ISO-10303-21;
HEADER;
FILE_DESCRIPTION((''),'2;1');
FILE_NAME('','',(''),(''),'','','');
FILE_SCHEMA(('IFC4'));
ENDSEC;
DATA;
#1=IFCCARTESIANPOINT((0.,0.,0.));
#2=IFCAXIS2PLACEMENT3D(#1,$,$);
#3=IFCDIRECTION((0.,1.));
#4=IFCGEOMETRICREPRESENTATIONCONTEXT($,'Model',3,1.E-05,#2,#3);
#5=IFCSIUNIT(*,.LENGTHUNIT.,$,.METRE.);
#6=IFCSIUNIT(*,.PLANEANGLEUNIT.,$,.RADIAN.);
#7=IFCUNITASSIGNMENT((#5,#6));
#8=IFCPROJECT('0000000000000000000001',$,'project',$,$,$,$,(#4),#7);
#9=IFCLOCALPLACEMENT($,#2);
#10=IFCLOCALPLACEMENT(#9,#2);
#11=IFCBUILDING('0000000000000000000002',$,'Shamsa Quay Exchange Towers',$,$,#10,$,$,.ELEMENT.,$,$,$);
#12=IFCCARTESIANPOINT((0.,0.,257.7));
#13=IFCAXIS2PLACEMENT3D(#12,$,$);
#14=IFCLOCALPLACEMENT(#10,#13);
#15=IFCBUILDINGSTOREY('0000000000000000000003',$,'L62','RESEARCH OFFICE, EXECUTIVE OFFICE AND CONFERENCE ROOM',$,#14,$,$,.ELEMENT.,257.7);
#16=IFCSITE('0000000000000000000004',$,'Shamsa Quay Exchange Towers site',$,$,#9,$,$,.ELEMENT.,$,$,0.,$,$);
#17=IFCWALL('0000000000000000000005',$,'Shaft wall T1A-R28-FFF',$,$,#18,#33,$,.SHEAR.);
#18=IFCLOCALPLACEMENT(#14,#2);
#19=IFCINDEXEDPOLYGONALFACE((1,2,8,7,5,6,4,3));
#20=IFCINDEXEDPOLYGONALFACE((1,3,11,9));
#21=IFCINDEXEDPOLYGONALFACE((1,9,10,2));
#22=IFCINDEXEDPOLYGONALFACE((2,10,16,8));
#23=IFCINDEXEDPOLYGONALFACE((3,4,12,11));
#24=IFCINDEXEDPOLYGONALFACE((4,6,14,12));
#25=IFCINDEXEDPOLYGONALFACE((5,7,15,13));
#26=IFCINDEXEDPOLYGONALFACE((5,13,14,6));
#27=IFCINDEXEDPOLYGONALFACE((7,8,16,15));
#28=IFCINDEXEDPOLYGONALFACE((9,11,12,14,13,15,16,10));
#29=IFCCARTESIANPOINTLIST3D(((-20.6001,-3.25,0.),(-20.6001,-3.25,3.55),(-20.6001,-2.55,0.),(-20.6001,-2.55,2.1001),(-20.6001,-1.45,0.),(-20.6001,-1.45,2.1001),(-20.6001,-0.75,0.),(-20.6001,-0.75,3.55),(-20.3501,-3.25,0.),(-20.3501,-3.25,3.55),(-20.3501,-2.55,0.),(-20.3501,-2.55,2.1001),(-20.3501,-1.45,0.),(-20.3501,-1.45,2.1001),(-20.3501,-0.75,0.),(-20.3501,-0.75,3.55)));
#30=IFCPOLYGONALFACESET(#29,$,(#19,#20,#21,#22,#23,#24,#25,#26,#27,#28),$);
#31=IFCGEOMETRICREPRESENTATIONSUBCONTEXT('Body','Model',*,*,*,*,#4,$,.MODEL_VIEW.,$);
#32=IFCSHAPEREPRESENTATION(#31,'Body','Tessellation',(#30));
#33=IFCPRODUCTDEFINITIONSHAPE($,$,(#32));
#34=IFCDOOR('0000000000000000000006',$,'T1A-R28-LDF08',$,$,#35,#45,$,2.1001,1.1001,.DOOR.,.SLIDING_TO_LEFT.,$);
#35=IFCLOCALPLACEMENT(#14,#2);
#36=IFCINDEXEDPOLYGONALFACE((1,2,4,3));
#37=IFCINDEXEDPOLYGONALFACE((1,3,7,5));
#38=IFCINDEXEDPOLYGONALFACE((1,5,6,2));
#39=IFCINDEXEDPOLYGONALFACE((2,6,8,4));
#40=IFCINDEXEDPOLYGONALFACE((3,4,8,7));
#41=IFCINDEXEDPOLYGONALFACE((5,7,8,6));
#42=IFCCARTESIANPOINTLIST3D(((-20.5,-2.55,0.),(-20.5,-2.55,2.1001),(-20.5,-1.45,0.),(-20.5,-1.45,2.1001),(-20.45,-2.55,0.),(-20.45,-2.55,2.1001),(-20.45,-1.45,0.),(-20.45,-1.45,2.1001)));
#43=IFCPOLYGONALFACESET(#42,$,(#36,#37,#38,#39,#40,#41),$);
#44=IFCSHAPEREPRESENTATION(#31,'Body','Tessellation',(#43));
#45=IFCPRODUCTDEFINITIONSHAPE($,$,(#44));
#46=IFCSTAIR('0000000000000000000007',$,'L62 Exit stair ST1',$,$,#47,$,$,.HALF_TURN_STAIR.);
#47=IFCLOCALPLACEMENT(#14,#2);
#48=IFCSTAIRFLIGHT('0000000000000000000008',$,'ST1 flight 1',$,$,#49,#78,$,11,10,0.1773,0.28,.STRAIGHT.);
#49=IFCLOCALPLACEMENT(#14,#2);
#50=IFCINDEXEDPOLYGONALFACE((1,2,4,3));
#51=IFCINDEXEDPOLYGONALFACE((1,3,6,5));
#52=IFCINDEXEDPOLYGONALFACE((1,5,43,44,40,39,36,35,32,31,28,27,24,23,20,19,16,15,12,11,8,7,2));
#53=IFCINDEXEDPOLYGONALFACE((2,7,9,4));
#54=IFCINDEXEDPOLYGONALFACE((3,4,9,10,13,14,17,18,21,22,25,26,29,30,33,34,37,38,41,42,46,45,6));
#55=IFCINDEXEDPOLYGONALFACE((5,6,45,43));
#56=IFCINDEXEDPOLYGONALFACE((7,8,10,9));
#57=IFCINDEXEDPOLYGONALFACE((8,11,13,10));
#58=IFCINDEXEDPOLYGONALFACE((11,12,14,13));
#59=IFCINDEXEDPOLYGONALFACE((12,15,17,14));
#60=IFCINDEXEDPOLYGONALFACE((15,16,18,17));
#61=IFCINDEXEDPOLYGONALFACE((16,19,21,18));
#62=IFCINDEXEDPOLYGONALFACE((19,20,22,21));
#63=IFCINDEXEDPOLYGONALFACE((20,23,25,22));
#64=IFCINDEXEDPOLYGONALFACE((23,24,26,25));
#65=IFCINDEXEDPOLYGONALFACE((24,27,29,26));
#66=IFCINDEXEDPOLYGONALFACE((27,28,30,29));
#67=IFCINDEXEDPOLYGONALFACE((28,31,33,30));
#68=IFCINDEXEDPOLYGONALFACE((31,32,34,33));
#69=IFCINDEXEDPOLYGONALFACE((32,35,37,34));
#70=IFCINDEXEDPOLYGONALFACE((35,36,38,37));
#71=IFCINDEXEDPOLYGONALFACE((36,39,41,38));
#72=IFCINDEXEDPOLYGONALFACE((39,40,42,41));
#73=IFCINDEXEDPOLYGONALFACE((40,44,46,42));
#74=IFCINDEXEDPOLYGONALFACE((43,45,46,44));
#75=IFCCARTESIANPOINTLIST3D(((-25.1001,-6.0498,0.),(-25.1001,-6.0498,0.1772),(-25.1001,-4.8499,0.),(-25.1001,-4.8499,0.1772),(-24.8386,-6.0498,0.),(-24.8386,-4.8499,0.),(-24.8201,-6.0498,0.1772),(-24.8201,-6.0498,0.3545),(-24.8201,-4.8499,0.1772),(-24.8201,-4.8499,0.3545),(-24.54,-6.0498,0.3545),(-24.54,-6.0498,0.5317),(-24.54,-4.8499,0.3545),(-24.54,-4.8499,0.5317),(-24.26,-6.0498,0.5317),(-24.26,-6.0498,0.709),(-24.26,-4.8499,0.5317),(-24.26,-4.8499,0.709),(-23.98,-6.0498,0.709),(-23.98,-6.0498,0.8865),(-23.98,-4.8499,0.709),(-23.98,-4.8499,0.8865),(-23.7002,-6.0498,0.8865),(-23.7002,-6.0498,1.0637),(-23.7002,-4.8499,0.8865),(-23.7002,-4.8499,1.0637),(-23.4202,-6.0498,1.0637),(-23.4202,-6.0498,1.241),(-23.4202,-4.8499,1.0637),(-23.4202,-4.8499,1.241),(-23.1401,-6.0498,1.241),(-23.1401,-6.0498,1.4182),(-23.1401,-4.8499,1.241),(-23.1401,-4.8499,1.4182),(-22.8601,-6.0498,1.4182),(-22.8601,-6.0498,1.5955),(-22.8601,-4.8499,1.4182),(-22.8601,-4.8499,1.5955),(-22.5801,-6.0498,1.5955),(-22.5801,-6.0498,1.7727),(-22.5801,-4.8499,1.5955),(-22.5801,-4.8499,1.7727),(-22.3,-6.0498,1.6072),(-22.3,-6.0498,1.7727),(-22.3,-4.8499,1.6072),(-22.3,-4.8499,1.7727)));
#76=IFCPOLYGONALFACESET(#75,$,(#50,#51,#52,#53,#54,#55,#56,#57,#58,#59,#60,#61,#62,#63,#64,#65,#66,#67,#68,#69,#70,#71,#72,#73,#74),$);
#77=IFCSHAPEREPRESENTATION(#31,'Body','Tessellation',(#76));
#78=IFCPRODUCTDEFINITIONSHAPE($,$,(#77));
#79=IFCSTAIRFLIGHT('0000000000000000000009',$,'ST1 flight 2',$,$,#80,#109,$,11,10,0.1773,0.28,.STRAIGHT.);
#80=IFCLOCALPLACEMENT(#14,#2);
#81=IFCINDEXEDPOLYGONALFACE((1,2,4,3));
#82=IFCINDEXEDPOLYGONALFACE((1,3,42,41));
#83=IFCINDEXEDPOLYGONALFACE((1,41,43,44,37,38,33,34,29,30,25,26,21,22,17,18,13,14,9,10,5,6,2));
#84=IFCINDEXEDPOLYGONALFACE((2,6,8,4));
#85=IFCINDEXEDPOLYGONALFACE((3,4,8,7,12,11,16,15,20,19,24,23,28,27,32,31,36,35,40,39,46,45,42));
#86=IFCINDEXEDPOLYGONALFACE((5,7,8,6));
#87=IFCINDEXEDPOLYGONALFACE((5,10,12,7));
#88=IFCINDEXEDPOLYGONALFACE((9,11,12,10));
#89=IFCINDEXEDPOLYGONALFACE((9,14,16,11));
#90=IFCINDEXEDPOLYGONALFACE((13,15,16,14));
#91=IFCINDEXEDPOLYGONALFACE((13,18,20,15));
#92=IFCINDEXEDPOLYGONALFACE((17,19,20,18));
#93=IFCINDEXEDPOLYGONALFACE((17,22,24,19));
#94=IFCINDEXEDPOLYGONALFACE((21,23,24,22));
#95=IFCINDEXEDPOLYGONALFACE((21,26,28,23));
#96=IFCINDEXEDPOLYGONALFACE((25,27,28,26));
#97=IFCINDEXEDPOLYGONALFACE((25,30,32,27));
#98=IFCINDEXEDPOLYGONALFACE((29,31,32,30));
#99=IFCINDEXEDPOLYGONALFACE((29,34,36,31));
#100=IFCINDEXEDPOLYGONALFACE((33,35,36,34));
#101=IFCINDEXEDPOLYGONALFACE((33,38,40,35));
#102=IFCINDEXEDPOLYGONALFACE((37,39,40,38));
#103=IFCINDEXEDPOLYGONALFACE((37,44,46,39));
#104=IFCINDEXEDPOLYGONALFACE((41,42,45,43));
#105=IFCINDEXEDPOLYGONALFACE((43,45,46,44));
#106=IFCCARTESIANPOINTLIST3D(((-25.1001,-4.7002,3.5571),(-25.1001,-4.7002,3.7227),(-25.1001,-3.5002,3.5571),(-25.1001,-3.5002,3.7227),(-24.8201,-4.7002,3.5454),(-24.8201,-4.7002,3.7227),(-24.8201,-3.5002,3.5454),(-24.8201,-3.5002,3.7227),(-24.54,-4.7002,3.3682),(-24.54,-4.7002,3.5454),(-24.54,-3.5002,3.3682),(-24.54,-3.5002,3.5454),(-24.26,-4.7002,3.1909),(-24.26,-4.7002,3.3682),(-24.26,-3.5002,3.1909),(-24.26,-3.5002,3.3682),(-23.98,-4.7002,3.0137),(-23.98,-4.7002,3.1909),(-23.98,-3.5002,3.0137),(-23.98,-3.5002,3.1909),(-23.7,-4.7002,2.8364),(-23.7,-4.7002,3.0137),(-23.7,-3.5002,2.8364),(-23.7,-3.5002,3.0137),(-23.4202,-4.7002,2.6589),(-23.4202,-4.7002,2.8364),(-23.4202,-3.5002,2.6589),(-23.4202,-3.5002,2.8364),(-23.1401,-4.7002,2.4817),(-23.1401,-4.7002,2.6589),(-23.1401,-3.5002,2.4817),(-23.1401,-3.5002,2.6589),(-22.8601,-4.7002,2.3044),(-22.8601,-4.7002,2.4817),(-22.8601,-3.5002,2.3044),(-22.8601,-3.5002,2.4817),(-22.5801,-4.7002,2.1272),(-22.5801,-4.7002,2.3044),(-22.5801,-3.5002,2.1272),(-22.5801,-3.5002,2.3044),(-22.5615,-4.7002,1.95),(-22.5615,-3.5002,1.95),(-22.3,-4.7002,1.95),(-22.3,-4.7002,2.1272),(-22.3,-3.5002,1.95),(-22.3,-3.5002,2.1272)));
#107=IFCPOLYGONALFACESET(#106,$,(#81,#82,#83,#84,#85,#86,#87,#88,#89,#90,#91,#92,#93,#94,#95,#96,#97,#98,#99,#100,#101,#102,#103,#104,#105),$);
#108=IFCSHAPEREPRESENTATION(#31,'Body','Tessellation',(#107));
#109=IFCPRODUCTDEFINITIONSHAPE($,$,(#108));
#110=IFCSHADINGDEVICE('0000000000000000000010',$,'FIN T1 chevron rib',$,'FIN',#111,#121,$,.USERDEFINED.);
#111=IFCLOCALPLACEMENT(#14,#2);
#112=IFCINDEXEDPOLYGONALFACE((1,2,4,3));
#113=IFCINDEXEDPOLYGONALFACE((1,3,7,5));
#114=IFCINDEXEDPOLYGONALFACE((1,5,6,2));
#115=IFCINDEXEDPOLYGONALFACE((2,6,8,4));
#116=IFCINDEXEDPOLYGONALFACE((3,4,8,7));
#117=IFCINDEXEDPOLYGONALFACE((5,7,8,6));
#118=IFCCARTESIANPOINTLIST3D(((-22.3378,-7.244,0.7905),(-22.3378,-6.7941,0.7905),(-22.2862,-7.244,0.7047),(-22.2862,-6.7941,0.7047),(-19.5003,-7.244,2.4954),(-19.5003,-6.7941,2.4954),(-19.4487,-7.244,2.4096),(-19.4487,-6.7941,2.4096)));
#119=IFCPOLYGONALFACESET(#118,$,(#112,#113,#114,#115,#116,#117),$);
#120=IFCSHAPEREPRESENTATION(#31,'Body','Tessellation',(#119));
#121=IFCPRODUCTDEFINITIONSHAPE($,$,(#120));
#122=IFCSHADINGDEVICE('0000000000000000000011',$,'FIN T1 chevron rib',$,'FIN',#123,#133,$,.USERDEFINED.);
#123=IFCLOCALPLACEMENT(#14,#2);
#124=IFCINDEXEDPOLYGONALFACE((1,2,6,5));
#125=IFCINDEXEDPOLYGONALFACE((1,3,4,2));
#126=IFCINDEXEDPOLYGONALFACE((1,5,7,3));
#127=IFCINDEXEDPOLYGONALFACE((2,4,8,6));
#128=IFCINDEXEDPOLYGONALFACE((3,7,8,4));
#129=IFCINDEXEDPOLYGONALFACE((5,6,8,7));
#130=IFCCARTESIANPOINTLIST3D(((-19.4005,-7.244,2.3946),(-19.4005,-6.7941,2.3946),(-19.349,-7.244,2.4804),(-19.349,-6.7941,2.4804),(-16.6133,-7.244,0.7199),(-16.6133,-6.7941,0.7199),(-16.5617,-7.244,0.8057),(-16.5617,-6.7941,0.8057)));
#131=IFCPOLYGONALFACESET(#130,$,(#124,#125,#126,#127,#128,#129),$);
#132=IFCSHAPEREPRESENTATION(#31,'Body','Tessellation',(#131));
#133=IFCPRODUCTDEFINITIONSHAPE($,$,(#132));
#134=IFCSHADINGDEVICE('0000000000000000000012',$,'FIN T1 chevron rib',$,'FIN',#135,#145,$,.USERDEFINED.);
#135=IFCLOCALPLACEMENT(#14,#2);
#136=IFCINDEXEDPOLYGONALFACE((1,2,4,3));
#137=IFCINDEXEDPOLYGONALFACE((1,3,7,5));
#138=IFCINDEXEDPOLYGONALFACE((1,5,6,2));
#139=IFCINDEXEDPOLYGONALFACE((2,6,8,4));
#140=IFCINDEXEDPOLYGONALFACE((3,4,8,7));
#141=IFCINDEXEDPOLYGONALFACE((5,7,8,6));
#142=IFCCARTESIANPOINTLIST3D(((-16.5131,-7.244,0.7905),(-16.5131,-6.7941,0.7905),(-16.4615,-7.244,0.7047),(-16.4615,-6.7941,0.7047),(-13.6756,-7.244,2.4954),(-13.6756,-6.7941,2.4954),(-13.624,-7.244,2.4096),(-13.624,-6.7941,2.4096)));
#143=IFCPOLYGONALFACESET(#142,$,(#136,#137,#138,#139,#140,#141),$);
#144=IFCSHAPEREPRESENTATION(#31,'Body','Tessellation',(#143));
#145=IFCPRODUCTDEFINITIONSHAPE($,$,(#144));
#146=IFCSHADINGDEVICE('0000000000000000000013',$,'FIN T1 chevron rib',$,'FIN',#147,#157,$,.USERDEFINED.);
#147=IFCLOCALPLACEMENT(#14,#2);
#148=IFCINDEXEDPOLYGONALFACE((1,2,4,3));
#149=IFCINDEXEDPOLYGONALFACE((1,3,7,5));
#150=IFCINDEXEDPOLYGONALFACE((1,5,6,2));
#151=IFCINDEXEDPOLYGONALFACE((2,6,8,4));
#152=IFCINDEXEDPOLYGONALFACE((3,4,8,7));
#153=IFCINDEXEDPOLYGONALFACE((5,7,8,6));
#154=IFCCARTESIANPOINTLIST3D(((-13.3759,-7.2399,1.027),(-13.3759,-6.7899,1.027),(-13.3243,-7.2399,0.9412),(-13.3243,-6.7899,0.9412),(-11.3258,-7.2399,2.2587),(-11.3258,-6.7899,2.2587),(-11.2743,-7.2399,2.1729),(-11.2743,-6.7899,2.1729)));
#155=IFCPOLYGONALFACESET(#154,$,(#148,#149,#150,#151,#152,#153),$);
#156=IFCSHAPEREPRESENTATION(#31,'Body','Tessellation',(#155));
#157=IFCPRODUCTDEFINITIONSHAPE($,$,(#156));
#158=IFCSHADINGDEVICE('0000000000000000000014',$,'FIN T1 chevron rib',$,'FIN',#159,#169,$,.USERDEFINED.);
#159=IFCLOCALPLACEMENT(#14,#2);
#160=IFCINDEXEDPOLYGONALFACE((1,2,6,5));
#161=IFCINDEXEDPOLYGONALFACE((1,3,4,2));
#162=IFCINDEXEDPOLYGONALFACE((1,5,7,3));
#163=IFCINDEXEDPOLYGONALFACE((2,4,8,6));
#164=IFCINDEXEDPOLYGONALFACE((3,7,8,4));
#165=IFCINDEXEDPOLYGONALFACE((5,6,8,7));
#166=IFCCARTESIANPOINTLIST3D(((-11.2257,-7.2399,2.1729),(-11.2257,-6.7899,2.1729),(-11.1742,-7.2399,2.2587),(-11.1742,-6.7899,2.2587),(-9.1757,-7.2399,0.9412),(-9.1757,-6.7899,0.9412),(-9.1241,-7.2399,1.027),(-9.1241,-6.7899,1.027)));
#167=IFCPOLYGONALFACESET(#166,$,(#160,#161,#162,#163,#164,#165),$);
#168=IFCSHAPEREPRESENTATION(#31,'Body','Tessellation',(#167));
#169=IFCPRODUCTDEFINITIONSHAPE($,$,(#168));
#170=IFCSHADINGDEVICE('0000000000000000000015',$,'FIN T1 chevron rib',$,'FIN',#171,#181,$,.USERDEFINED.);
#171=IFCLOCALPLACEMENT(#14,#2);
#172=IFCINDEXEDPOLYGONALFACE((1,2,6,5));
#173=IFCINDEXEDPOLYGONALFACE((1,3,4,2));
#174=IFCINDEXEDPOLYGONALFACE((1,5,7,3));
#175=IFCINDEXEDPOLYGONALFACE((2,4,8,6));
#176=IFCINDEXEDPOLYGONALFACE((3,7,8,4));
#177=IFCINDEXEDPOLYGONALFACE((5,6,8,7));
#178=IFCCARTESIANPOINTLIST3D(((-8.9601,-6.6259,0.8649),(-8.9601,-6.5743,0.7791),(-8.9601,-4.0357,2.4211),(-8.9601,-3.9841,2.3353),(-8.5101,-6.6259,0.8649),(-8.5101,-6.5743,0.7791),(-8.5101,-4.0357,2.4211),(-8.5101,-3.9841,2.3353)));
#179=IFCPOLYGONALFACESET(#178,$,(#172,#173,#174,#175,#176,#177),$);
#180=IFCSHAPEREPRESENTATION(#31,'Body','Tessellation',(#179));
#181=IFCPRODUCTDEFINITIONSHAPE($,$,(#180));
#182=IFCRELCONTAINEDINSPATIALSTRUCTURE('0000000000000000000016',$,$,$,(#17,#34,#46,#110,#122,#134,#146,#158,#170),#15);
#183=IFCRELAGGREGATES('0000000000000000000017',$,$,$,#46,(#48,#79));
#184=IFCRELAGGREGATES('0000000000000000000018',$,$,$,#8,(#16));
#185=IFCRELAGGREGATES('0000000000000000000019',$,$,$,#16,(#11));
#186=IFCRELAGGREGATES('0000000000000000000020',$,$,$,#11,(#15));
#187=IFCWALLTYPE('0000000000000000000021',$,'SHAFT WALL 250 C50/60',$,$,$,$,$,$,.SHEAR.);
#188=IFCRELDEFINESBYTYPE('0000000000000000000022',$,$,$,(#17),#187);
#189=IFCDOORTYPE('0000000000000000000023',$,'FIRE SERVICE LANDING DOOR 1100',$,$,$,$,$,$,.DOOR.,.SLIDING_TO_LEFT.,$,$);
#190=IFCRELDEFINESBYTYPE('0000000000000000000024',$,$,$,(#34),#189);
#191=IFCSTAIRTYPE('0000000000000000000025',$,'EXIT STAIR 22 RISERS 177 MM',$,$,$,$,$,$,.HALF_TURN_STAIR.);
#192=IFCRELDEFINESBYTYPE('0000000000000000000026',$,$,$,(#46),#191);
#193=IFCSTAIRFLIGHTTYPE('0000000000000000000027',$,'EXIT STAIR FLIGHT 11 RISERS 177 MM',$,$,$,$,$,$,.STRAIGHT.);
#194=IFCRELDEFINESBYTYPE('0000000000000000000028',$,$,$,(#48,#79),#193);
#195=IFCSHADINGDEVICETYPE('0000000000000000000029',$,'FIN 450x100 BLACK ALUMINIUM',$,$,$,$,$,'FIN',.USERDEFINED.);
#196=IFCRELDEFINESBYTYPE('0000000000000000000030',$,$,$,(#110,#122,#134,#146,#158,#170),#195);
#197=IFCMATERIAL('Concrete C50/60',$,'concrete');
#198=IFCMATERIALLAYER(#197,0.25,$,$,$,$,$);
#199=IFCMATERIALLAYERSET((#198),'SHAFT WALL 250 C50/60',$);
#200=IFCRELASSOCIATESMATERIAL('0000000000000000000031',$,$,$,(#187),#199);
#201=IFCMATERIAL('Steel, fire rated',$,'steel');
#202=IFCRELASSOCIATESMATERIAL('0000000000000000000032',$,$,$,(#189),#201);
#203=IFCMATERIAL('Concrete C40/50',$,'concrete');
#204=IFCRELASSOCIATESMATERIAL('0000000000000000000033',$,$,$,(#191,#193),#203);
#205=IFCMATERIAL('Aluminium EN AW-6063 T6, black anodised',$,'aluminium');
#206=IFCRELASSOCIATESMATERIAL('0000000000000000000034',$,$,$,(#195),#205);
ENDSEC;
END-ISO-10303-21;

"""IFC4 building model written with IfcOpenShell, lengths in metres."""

from ifc_helpers import new_model, si_unit, direction, frame, frame_2d, origin, origin_2d, place, context, subcontext, project, spatial, polyline, rectangle, outline, extrude, material, layer, layer_set, material_profile, profile_set, type_object, element, fill, aggregate, save


model = new_model("IFC4")

# Units and contexts
model_context = context("Model", 3, precision=1e-05, world=origin(), true_north=direction((0.0, 1.0)))
body_context = subcontext(model_context, "Body", "Model", "MODEL_VIEW")
ifc_project = project(units=[si_unit("LENGTHUNIT", "METRE"), si_unit("PLANEANGLEUNIT", "RADIAN")], contexts=[model_context])

# Site, building, storey
site_placement = place(None, origin())
site = spatial("IfcSite", under=ifc_project, at=site_placement, Name="Shamsa Quay Exchange Towers site", CompositionType="ELEMENT", RefElevation=0.0)
building_placement = place(site_placement, origin())
building = spatial("IfcBuilding", under=site, at=building_placement, Name="Shamsa Quay Exchange Towers", CompositionType="ELEMENT")
storey_placement = place(building_placement, frame((0.0, 0.0, 257.7)))
storey = spatial("IfcBuildingStorey", under=building, at=storey_placement, Name="L62", Description="RESEARCH OFFICE, EXECUTIVE OFFICE AND CONFERENCE ROOM", CompositionType="ELEMENT", Elevation=257.7)

# Shared definitions
ifc_material_1 = material(Name="Aluminium EN AW-6063 T6, black anodised", Category="aluminium")

# Shared definitions
ifc_material_2 = material(Name="Concrete C50/60", Category="concrete")
ifc_layer_1 = layer(ifc_material_2, 0.25)
ifc_layer_set_1 = layer_set([ifc_layer_1], Name="SHAFT WALL 250 C50/60")
wall_type = type_object("IfcWallType", Name="SHAFT WALL 250 C50/60", PredefinedType="SHEAR", material=ifc_layer_set_1)
ifc_material_3 = material(Name="Steel, fire rated", Category="steel")

# Wall, opening, door
wall_1_placement = place(storey_placement, frame((-20.4751, -3.25, 0.0), z_axis=(0.0, 0.0, 1.0), x_axis=(0.0, 1.0, 0.0)))
wall_1 = element("IfcWall", 1, at=wall_1_placement, inside=storey, type_object=wall_type, Name="Shaft wall T1A-R28-FFF", PredefinedType="SHEAR", context=body_context, shape_type="SweptSolid", body=[
    extrude(rectangle(XDim=2.5, YDim=0.25, at=frame_2d((1.25, 0.0))), origin(), (0.0, 0.0, 1.0), 3.55),
])
opening_1_placement = place(wall_1_placement, frame((0.7, 0.0, 0.0)))
opening_1 = element("IfcOpeningElement", 2, at=opening_1_placement, cuts=wall_1, PredefinedType="OPENING", context=body_context, shape_type="SweptSolid", body=[
    extrude(rectangle(XDim=1.1001, YDim=2.1001, at=frame_2d((0.55, 1.05))), frame((0.0, 0.135, 0.0), z_axis=(0.0, -1.0, 0.0), x_axis=(1.0, 0.0, 0.0)), (0.0, 0.0, 1.0), 0.27),
])
door_type_1 = type_object("IfcDoorType", Name="FIRE SERVICE LANDING DOOR 1100", OperationType="SLIDING_TO_LEFT", PredefinedType="DOOR", material=ifc_material_3)
door_1_placement = place(opening_1_placement, origin())
door_1 = element("IfcDoor", 3, at=door_1_placement, inside=storey, type_object=door_type_1, Name="T1A-R28-LDF08", OperationType="SLIDING_TO_LEFT", OverallHeight=2.1001, OverallWidth=1.1001, PredefinedType="DOOR", context=body_context, shape_type="SweptSolid", body=[
    extrude(rectangle(XDim=1.1001, YDim=2.1001, at=frame_2d((0.55, 1.05))), frame((0.0, 0.0249, 0.0), z_axis=(0.0, -1.0, 0.0), x_axis=(1.0, 0.0, 0.0)), (0.0, 0.0, 1.0), 0.05),
])
fill(opening_1, door_1)

# Stair, stair flights
ifc_material_4 = material(Name="Concrete C40/50", Category="concrete")
stair_type = type_object("IfcStairType", Name="EXIT STAIR 22 RISERS 177 MM", PredefinedType="HALF_TURN_STAIR", material=ifc_material_4)
stair_placement = place(storey_placement, origin())
stair = element("IfcStair", 4, at=stair_placement, inside=storey, type_object=stair_type, Name="L62 Exit stair ST1", PredefinedType="HALF_TURN_STAIR")
stair_flight_type = type_object("IfcStairFlightType", Name="EXIT STAIR FLIGHT 11 RISERS 177 MM", PredefinedType="STRAIGHT", material=ifc_material_4)
stair_flight_1_placement = place(storey_placement, frame((-25.1001, -5.45, 0.0)))
stair_flight_1 = element("IfcStairFlight", 5, at=stair_flight_1_placement, type_object=stair_flight_type, Name="ST1 flight 1", NumberOfRisers=11, NumberOfTreads=10, PredefinedType="STRAIGHT", RiserHeight=0.1773, TreadLength=0.28, context=body_context, shape_type="SweptSolid", body=[
    extrude(outline(polyline([(0.0, 0.0), (0.0, 0.1772), (0.28, 0.1772), (0.28, 0.3545), (0.5601, 0.3545), (0.5601, 0.5317), (0.8401, 0.5317), (0.8401, 0.709), (1.1201, 0.709), (1.1201, 0.8865), (1.3999, 0.8865), (1.3999, 1.0637), (1.6799, 1.0637), (1.6799, 1.241), (1.96, 1.241), (1.96, 1.4182), (2.24, 1.4182), (2.24, 1.5955), (2.52, 1.5955), (2.52, 1.7727), (2.8, 1.7727), (2.8, 1.95), (2.8, 1.6072), (0.2615, 0.0), (0.0, 0.0)])), frame((0.0, 0.6001, 0.0), z_axis=(0.0, -1.0, 0.0), x_axis=(1.0, 0.0, 0.0)), (0.0, 0.0, 1.0), 1.2),
])
stair_flight_2_placement = place(storey_placement, frame((-22.3, -4.1001, 1.95), z_axis=(0.0, 0.0, 1.0), x_axis=(-1.0, 0.0, 0.0)))
stair_flight_2 = element("IfcStairFlight", 6, at=stair_flight_2_placement, type_object=stair_flight_type, Name="ST1 flight 2", NumberOfRisers=11, NumberOfTreads=10, PredefinedType="STRAIGHT", RiserHeight=0.1773, TreadLength=0.28, context=body_context, shape_type="SweptSolid", body=[
    extrude(outline(polyline([(0.0, 0.0), (0.0, 0.1772), (0.28, 0.1772), (0.28, 0.3545), (0.5601, 0.3545), (0.5601, 0.5317), (0.8401, 0.5317), (0.8401, 0.709), (1.1201, 0.709), (1.1201, 0.8865), (1.3999, 0.8865), (1.3999, 1.0637), (1.6799, 1.0637), (1.6799, 1.241), (1.96, 1.241), (1.96, 1.4182), (2.24, 1.4182), (2.24, 1.5955), (2.52, 1.5955), (2.52, 1.7727), (2.8, 1.7727), (2.8, 1.95), (2.8, 1.6072), (0.2615, 0.0), (0.0, 0.0)])), frame((0.0, 0.6001, 0.0), z_axis=(0.0, -1.0, 0.0), x_axis=(1.0, 0.0, 0.0)), (0.0, 0.0, 1.0), 1.2),
])
aggregate(stair, [stair_flight_1, stair_flight_2])

# Shading devices
ifc_material_profile_1 = material_profile(ifc_material_1, rectangle(XDim=0.45, YDim=0.1001, at=origin_2d()), Name="FIN450x100")
ifc_profile_set_1 = profile_set([ifc_material_profile_1], Name="Aluminium EN AW-6063 T6, black anodised")
shading_device_type = type_object("IfcShadingDeviceType", Name="FIN 450x100 BLACK ALUMINIUM", ElementType="FIN", PredefinedType="USERDEFINED", material=ifc_profile_set_1)
shading_device_1_placement = place(storey_placement, frame((-22.312, -7.019, 0.7476), z_axis=(0.857174, 0.0, 0.515027), x_axis=(0.0, 1.0, 0.0)))
element("IfcShadingDevice", 7, at=shading_device_1_placement, inside=storey, type_object=shading_device_type, Name="FIN T1 chevron rib", ObjectType="FIN", PredefinedType="USERDEFINED", context=body_context, shape_type="SweptSolid", body=[
    extrude(rectangle(XDim=0.45, YDim=0.1001, at=origin_2d()), origin(), (0.0, 0.0, 1.0), 3.3103),
])
shading_device_2_placement = place(storey_placement, frame((-19.3748, -7.019, 2.4375), z_axis=(0.857168, 0.0, -0.515037), x_axis=(0.0, 1.0, 0.0)))
element("IfcShadingDevice", 8, at=shading_device_2_placement, inside=storey, type_object=shading_device_type, Name="FIN T1 chevron rib", ObjectType="FIN", PredefinedType="USERDEFINED", context=body_context, shape_type="SweptSolid", body=[
    extrude(rectangle(XDim=0.45, YDim=0.1001, at=origin_2d()), origin(), (0.0, 0.0, 1.0), 3.2517),
])
shading_device_3_placement = place(storey_placement, frame((-16.4873, -7.019, 0.7476), z_axis=(0.857174, 0.0, 0.515027), x_axis=(0.0, 1.0, 0.0)))
element("IfcShadingDevice", 9, at=shading_device_3_placement, inside=storey, type_object=shading_device_type, Name="FIN T1 chevron rib", ObjectType="FIN", PredefinedType="USERDEFINED", context=body_context, shape_type="SweptSolid", body=[
    extrude(rectangle(XDim=0.45, YDim=0.1001, at=origin_2d()), origin(), (0.0, 0.0, 1.0), 3.3103),
])
for number, where, z_axis, x_axis, name in (
    (10, (-13.3501, -7.0149, 0.9841), (0.857187, 0.0, 0.515006), (0.0, 1.0, 0.0), "FIN T1 chevron rib"),
    (11, (-11.2, -7.0149, 2.2158), (0.857187, 0.0, -0.515006), (0.0, 1.0, 0.0), "FIN T1 chevron rib"),
):
    element("IfcShadingDevice", number, at=place(storey_placement, frame(where, z_axis=z_axis, x_axis=x_axis)), inside=storey, type_object=shading_device_type, Name=name, ObjectType="FIN", PredefinedType="USERDEFINED", context=body_context, shape_type="SweptSolid", body=[
        extrude(rectangle(XDim=0.45, YDim=0.1001, at=origin_2d()), origin(), (0.0, 0.0, 1.0), 2.3916),
    ])
shading_device_4_placement = place(storey_placement, frame((-8.7351, -6.6001, 0.822), z_axis=(0.0, 0.857186, 0.515007), x_axis=(-1.0, 0.0, 0.0)))
element("IfcShadingDevice", 12, at=shading_device_4_placement, inside=storey, type_object=shading_device_type, Name="FIN T1 chevron rib", ObjectType="FIN", PredefinedType="USERDEFINED", context=body_context, shape_type="SweptSolid", body=[
    extrude(rectangle(XDim=0.45, YDim=0.1001, at=origin_2d()), origin(), (0.0, 0.0, 1.0), 3.0217),
])

save(model, "model.ifc")
